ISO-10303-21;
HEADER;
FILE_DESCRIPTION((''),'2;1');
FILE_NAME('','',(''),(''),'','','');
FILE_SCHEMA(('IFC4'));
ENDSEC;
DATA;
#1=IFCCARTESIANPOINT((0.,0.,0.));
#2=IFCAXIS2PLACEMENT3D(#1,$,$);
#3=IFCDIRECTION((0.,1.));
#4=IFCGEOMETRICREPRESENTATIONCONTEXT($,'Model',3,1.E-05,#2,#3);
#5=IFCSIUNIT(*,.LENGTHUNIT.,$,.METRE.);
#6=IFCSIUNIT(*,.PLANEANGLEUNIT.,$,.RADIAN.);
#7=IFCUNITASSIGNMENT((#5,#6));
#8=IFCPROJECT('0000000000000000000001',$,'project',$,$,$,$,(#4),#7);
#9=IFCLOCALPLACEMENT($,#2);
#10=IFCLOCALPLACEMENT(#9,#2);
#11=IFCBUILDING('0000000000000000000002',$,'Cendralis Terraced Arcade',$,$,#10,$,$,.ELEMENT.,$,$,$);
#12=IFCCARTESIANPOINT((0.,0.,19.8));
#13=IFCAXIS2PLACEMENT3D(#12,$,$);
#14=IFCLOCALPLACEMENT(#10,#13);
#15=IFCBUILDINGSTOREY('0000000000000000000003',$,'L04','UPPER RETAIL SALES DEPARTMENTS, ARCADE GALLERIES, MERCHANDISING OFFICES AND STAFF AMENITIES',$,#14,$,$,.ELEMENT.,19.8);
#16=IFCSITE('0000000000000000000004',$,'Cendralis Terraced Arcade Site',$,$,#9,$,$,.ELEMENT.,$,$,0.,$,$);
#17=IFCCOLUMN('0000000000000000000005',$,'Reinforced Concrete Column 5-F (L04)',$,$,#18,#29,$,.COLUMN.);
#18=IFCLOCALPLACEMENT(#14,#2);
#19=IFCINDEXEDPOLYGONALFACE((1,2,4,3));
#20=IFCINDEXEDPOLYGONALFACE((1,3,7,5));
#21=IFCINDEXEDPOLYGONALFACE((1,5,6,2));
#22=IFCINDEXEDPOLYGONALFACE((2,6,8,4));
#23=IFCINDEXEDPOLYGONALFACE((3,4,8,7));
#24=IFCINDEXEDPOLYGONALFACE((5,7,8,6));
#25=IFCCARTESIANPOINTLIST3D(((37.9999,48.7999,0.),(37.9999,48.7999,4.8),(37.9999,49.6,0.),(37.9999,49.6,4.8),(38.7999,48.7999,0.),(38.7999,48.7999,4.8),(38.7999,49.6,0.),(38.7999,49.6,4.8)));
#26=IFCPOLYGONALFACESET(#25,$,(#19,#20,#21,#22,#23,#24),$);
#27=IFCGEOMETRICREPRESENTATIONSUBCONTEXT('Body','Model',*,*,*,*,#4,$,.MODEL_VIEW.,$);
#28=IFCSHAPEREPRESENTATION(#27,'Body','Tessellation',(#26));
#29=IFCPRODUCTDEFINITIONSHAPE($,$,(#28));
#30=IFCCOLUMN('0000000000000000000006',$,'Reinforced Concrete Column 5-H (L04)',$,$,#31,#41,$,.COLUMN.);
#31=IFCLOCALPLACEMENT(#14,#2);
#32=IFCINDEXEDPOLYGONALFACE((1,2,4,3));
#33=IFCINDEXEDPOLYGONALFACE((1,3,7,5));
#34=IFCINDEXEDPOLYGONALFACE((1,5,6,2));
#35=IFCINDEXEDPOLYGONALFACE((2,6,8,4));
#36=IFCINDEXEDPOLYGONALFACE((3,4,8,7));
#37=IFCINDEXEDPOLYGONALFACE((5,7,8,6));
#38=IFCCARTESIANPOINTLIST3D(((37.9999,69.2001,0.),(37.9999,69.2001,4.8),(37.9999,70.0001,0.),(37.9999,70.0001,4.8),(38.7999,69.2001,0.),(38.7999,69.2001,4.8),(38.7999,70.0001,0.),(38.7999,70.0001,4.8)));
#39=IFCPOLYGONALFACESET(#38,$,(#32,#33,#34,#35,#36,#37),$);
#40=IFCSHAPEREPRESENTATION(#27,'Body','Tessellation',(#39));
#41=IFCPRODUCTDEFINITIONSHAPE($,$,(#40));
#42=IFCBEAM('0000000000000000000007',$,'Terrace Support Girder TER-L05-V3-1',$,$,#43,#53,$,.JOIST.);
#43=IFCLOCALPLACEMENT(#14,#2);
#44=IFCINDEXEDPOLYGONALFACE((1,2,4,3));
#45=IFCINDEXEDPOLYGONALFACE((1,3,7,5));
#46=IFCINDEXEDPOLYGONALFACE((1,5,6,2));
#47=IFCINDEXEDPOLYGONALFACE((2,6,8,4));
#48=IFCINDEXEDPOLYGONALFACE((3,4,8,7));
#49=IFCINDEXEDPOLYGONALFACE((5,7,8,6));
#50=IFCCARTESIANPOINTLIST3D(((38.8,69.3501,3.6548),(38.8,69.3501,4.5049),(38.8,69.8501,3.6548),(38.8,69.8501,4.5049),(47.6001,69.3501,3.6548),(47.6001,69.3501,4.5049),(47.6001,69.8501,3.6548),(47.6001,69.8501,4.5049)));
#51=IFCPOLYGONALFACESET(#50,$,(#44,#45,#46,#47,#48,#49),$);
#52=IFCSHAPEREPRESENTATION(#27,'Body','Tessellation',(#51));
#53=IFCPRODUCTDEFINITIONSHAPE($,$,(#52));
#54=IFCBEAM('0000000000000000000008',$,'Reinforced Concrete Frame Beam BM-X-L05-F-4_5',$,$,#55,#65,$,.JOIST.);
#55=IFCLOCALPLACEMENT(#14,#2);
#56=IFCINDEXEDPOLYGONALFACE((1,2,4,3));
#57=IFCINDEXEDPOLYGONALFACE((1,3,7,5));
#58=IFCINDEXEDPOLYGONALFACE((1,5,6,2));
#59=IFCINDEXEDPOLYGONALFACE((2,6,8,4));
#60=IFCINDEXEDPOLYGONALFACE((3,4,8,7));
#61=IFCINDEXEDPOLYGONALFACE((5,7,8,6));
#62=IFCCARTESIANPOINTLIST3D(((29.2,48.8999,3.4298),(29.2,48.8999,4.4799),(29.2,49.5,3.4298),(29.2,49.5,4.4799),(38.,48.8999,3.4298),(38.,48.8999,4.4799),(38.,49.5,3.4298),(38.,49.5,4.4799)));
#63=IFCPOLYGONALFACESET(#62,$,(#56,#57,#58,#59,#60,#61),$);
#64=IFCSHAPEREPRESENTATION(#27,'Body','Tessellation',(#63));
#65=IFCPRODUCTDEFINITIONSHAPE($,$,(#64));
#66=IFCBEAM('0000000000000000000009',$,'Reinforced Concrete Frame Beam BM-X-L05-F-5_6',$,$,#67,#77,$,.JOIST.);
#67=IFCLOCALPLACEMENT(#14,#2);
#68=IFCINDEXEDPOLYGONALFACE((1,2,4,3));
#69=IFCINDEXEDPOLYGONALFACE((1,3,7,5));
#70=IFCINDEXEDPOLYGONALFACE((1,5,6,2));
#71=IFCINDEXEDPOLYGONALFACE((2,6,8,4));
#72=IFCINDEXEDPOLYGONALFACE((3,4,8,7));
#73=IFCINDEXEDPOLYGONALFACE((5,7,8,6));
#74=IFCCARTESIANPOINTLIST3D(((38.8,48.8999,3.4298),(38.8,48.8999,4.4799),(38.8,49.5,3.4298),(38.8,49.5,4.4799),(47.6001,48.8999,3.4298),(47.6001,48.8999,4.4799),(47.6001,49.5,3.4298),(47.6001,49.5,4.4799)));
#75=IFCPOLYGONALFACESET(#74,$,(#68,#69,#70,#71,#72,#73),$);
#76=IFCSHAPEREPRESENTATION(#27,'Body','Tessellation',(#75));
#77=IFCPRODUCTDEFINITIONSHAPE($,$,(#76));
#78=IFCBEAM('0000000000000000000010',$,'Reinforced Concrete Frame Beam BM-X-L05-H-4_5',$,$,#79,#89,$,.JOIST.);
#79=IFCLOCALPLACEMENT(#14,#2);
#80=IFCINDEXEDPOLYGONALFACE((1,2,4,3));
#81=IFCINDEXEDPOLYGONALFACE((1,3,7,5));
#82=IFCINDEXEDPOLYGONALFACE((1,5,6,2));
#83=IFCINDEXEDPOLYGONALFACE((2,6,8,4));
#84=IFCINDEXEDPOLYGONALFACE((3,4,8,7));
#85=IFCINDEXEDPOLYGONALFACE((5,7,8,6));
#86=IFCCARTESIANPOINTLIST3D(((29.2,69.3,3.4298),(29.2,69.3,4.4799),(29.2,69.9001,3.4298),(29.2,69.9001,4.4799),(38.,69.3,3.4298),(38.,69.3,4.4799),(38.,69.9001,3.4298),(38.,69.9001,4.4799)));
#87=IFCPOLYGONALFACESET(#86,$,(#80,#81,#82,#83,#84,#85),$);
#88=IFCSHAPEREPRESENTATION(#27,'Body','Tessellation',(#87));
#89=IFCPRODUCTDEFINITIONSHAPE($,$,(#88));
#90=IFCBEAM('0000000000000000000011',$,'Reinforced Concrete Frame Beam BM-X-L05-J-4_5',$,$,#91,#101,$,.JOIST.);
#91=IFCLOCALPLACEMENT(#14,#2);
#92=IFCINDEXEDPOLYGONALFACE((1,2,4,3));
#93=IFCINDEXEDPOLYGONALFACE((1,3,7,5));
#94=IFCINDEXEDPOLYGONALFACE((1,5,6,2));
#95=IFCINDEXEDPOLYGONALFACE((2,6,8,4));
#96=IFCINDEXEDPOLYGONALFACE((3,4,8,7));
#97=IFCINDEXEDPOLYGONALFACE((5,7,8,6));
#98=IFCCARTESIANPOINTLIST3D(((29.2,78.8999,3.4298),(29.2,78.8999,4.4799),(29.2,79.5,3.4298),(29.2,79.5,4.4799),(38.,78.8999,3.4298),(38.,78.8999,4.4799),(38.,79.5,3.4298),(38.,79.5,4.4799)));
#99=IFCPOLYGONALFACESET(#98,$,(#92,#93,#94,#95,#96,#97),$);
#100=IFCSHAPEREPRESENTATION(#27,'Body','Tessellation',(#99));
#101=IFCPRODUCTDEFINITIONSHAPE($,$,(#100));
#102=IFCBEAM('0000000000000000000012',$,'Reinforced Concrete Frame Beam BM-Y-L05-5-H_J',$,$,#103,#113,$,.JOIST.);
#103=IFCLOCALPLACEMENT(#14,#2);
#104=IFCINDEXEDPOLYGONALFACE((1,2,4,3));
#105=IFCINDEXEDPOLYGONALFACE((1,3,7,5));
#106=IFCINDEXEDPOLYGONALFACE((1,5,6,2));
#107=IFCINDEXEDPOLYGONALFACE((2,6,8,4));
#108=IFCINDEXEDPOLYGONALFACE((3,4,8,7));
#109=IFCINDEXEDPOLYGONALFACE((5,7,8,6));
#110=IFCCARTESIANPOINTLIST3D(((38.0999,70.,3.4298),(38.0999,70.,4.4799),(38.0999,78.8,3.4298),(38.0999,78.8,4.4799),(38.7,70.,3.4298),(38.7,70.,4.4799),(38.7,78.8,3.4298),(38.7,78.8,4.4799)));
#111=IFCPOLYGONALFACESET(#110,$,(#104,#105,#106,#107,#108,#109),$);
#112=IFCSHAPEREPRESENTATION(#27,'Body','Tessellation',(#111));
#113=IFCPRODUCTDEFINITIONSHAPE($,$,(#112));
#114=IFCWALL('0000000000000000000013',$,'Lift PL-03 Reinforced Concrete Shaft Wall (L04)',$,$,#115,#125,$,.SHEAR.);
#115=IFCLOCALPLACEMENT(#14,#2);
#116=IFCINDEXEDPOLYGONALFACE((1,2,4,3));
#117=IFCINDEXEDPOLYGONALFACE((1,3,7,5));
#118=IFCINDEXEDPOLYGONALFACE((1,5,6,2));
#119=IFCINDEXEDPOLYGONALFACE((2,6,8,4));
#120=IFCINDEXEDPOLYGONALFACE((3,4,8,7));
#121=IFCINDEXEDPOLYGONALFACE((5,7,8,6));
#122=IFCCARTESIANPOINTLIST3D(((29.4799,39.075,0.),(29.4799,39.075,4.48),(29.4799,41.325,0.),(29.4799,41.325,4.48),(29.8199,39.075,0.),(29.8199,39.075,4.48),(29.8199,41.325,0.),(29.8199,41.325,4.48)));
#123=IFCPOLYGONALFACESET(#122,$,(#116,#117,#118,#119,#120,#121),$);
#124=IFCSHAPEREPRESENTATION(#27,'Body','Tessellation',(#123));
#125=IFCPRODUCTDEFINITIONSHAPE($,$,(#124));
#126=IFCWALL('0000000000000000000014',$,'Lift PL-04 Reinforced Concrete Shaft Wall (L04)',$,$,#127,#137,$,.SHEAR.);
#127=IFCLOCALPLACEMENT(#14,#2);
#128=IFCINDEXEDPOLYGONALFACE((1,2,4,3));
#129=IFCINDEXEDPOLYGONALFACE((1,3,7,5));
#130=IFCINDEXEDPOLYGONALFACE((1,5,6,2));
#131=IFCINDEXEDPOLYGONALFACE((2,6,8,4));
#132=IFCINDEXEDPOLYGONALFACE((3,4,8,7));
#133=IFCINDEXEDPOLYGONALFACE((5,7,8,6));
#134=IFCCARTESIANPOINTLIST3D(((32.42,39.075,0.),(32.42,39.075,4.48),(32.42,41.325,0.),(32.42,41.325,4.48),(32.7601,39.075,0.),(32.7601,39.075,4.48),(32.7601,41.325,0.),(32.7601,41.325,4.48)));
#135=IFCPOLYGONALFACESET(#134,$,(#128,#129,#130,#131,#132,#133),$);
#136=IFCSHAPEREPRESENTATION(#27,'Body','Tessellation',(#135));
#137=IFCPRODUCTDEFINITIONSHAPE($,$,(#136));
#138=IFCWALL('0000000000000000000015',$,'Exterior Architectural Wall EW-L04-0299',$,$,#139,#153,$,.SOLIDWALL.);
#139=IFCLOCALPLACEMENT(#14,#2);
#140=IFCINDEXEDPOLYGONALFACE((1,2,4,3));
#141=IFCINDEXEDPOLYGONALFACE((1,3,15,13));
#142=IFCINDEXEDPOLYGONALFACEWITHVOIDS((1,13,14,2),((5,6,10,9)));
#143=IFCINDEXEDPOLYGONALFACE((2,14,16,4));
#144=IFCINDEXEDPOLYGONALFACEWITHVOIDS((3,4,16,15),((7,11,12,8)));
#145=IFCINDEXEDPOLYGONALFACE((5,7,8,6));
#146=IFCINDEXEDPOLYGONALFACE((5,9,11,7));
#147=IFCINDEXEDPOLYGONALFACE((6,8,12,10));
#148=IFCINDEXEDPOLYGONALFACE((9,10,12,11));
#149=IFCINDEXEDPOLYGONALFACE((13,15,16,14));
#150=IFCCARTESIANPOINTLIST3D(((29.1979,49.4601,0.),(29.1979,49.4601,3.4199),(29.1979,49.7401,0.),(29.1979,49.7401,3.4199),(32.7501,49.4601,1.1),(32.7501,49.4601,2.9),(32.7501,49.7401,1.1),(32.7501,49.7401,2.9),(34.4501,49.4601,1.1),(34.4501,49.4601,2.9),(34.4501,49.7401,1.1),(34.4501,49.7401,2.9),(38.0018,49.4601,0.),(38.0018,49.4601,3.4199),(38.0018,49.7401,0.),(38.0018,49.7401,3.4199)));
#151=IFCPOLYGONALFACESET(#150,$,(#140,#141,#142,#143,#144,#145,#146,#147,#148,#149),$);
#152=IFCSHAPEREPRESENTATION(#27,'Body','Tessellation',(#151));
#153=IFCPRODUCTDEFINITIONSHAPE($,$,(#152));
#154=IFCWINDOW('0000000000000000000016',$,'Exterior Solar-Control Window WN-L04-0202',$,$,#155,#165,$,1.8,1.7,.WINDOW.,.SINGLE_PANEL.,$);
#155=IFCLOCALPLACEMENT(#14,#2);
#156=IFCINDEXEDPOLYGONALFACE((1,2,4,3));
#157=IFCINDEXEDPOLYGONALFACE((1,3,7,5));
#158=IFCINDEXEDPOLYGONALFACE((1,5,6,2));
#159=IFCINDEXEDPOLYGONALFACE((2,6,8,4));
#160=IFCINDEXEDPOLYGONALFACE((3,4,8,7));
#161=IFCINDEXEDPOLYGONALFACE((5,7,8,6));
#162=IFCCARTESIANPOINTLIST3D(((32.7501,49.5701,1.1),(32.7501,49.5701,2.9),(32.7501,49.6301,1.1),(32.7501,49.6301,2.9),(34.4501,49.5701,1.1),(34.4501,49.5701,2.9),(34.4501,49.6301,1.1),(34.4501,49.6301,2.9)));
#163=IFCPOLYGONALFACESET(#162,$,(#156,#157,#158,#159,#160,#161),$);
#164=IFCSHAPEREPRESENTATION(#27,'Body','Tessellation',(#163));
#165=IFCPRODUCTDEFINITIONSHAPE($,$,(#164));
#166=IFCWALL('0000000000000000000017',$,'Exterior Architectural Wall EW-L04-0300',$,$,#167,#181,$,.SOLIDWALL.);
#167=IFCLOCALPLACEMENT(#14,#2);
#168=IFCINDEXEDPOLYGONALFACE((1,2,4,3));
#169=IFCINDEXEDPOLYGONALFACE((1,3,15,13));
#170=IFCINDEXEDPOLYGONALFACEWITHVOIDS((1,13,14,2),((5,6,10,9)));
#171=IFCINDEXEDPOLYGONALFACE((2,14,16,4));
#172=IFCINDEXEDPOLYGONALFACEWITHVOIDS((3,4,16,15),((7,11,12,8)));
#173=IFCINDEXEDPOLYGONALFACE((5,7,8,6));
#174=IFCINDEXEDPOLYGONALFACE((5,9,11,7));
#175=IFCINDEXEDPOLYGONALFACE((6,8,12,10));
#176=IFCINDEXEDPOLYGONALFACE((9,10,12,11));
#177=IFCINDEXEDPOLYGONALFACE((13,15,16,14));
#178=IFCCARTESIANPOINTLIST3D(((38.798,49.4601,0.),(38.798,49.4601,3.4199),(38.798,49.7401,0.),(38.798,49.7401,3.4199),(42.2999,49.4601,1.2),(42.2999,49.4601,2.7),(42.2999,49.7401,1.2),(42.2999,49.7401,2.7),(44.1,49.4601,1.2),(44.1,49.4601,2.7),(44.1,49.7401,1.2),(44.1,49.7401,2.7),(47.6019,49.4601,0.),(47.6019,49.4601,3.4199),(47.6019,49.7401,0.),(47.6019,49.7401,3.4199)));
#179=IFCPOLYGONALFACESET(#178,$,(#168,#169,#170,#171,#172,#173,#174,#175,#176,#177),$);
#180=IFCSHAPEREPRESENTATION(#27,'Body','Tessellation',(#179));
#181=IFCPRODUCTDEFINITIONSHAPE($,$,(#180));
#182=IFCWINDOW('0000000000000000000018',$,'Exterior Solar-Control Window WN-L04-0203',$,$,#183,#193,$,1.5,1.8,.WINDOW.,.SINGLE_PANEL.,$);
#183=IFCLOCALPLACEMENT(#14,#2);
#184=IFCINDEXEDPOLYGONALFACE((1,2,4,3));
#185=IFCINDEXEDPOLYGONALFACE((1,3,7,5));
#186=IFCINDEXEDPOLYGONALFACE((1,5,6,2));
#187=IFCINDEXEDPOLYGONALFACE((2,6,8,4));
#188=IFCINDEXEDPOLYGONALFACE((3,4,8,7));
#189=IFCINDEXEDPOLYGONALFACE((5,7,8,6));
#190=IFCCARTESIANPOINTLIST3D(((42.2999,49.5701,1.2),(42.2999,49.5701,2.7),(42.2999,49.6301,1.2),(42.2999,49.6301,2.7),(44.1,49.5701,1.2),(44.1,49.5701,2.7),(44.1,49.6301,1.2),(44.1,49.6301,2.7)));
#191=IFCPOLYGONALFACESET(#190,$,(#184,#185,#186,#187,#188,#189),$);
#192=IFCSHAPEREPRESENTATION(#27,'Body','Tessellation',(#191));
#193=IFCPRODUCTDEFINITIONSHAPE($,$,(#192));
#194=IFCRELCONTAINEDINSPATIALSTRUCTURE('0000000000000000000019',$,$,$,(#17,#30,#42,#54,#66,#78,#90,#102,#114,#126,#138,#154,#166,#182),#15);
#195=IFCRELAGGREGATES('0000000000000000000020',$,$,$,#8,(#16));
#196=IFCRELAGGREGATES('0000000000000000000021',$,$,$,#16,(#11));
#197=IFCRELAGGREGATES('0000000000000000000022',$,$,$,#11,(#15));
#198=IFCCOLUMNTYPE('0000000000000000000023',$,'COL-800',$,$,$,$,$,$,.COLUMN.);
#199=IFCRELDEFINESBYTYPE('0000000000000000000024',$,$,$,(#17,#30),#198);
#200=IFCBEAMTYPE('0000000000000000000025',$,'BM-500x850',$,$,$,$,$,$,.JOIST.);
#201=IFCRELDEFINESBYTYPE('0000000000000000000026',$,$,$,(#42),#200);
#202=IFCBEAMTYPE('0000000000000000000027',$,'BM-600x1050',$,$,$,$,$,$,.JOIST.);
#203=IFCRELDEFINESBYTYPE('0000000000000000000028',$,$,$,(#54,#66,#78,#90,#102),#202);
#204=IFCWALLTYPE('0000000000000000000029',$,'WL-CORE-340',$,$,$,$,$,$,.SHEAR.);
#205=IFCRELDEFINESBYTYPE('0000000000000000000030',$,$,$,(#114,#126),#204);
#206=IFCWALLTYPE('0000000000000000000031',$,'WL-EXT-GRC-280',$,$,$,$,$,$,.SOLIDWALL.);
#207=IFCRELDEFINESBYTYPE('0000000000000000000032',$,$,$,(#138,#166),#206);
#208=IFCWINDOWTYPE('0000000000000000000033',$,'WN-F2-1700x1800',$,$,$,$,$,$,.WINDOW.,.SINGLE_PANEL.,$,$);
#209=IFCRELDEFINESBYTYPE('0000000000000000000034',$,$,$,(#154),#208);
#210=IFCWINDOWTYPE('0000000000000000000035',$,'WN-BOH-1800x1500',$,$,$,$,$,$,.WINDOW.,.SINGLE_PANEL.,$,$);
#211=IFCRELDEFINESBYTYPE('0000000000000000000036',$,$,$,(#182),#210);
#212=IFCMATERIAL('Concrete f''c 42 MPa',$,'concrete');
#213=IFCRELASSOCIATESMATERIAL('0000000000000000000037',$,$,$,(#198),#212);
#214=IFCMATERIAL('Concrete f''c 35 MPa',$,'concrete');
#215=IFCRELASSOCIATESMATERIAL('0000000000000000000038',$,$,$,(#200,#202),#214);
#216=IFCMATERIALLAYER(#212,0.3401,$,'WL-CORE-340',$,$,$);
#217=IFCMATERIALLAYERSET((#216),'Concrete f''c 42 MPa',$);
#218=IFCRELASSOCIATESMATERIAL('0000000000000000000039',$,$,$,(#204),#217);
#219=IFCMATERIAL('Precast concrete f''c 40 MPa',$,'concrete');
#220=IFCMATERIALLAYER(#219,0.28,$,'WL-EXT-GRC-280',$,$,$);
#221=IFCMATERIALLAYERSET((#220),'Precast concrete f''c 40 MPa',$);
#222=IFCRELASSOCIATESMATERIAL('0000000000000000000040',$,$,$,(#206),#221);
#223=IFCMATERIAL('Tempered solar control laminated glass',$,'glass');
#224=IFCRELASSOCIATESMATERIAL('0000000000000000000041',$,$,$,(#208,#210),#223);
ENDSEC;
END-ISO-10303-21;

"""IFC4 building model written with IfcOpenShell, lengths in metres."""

from ifc_helpers import new_model, si_unit, direction, frame, frame_2d, origin, origin_2d, place, context, subcontext, project, spatial, rectangle, extrude, material, layer, layer_set, material_profile, profile_set, type_object, element, fill, save


model = new_model("IFC4")

# Units and contexts
model_context = context("Model", 3, precision=1e-05, world=origin(), true_north=direction((0.0, 1.0)))
body_context = subcontext(model_context, "Body", "Model", "MODEL_VIEW")
ifc_project = project(units=[si_unit("LENGTHUNIT", "METRE"), si_unit("PLANEANGLEUNIT", "RADIAN")], contexts=[model_context])

# Site, building, storey
site_placement = place(None, origin())
site = spatial("IfcSite", under=ifc_project, at=site_placement, Name="Cendralis Terraced Arcade Site", CompositionType="ELEMENT", RefElevation=0.0)
building_placement = place(site_placement, origin())
building = spatial("IfcBuilding", under=site, at=building_placement, Name="Cendralis Terraced Arcade", CompositionType="ELEMENT")
storey_placement = place(building_placement, frame((0.0, 0.0, 19.8)))
storey = spatial("IfcBuildingStorey", under=building, at=storey_placement, Name="L04", Description="UPPER RETAIL SALES DEPARTMENTS, ARCADE GALLERIES, MERCHANDISING OFFICES AND STAFF AMENITIES", CompositionType="ELEMENT", Elevation=19.8)

# Columns
ifc_material_1 = material(Name="Concrete f'c 42 MPa", Category="concrete")
ifc_material_profile_1 = material_profile(ifc_material_1, rectangle(XDim=0.8, YDim=0.8, at=origin_2d()), Name="RC-COL-800x800", Category="LoadBearing")
ifc_profile_set_1 = profile_set([ifc_material_profile_1], Name="Concrete f'c 42 MPa")
column_type = type_object("IfcColumnType", Name="COL-800", PredefinedType="COLUMN", material=ifc_profile_set_1)
for number, where, z_axis, x_axis, name in (
    (1, (38.3999, 49.2, 0.0), (0.0, 0.0, 1.0), (1.0, 0.0, 0.0), "Reinforced Concrete Column 5-F (L04)"),
    (2, (38.3999, 69.6001, 0.0), (0.0, 0.0, 1.0), (1.0, 0.0, 0.0), "Reinforced Concrete Column 5-H (L04)"),
):
    element("IfcColumn", number, at=place(storey_placement, frame(where, z_axis=z_axis, x_axis=x_axis)), inside=storey, type_object=column_type, Name=name, PredefinedType="COLUMN", context=body_context, shape_type="SweptSolid", body=[
        extrude(rectangle(XDim=0.8, YDim=0.8, at=origin_2d()), origin(), (0.0, 0.0, 1.0), 4.8),
    ])

# Beams
ifc_material_2 = material(Name="Concrete f'c 35 MPa", Category="concrete")
ifc_material_profile_2 = material_profile(ifc_material_2, rectangle(XDim=0.5, YDim=0.8501, at=origin_2d()), Name="RC-BM-500x850", Category="LoadBearing")
ifc_profile_set_2 = profile_set([ifc_material_profile_2], Name="Concrete f'c 35 MPa")
beam_type_1 = type_object("IfcBeamType", Name="BM-500x850", PredefinedType="JOIST", material=ifc_profile_set_2)
beam_placement = place(storey_placement, frame((38.8, 69.6001, 4.0798), z_axis=(1.0, 0.0, 0.0), x_axis=(0.0, 1.0, 0.0)))
element("IfcBeam", 3, at=beam_placement, inside=storey, type_object=beam_type_1, Name="Terrace Support Girder TER-L05-V3-1", PredefinedType="JOIST", context=body_context, shape_type="SweptSolid", body=[
    extrude(rectangle(XDim=0.5, YDim=0.8501, at=origin_2d()), origin(), (0.0, 0.0, 1.0), 8.8),
])
ifc_material_profile_3 = material_profile(ifc_material_2, rectangle(XDim=0.6001, YDim=1.05, at=origin_2d()), Name="RC-BM-600x1050", Category="LoadBearing")
ifc_profile_set_3 = profile_set([ifc_material_profile_3], Name="Concrete f'c 35 MPa")
beam_type_2 = type_object("IfcBeamType", Name="BM-600x1050", PredefinedType="JOIST", material=ifc_profile_set_3)
for number, where, z_axis, x_axis, name in (
    (4, (29.2, 49.2, 3.9548), (1.0, 0.0, 0.0), (0.0, 1.0, 0.0), "Reinforced Concrete Frame Beam BM-X-L05-F-4_5"),
    (5, (38.8, 49.2, 3.9548), (1.0, 0.0, 0.0), (0.0, 1.0, 0.0), "Reinforced Concrete Frame Beam BM-X-L05-F-5_6"),
    (6, (29.2, 69.6001, 3.9548), (1.0, 0.0, 0.0), (0.0, 1.0, 0.0), "Reinforced Concrete Frame Beam BM-X-L05-H-4_5"),
    (7, (29.2, 79.2, 3.9548), (1.0, 0.0, 0.0), (0.0, 1.0, 0.0), "Reinforced Concrete Frame Beam BM-X-L05-J-4_5"),
    (8, (38.3999, 70.0, 3.9548), (0.0, 1.0, 0.0), (-1.0, 0.0, 0.0), "Reinforced Concrete Frame Beam BM-Y-L05-5-H_J"),
):
    element("IfcBeam", number, at=place(storey_placement, frame(where, z_axis=z_axis, x_axis=x_axis)), inside=storey, type_object=beam_type_2, Name=name, PredefinedType="JOIST", context=body_context, shape_type="SweptSolid", body=[
        extrude(rectangle(XDim=0.6001, YDim=1.05, at=origin_2d()), origin(), (0.0, 0.0, 1.0), 8.8),
    ])

# Walls
ifc_layer_1 = layer(ifc_material_1, 0.3401, Name="WL-CORE-340")
ifc_layer_set_1 = layer_set([ifc_layer_1], Name="Concrete f'c 42 MPa")
wall_type_1 = type_object("IfcWallType", Name="WL-CORE-340", PredefinedType="SHEAR", material=ifc_layer_set_1)
for number, where, z_axis, x_axis, name in (
    (9, (29.6499, 39.075, 0.0), (0.0, 0.0, 1.0), (0.0, 1.0, 0.0), "Lift PL-03 Reinforced Concrete Shaft Wall (L04)"),
    (10, (32.5901, 39.075, 0.0), (0.0, 0.0, 1.0), (0.0, 1.0, 0.0), "Lift PL-04 Reinforced Concrete Shaft Wall (L04)"),
):
    element("IfcWall", number, at=place(storey_placement, frame(where, z_axis=z_axis, x_axis=x_axis)), inside=storey, type_object=wall_type_1, Name=name, PredefinedType="SHEAR", context=body_context, shape_type="SweptSolid", body=[
        extrude(rectangle(XDim=2.25, YDim=0.3401, at=frame_2d((1.125, 0.0))), origin(), (0.0, 0.0, 1.0), 4.48),
    ])

# Walls, openings, windows
ifc_material_3 = material(Name="Precast concrete f'c 40 MPa", Category="concrete")
ifc_layer_2 = layer(ifc_material_3, 0.28, Name="WL-EXT-GRC-280")
ifc_layer_set_2 = layer_set([ifc_layer_2], Name="Precast concrete f'c 40 MPa")
wall_type_2 = type_object("IfcWallType", Name="WL-EXT-GRC-280", PredefinedType="SOLIDWALL", material=ifc_layer_set_2)
wall_1_placement = place(storey_placement, frame((29.198, 49.6001, 0.0), z_axis=(0.0, 0.0, 1.0), x_axis=(1.0, 0.0, 0.0)))
wall_1 = element("IfcWall", 11, at=wall_1_placement, inside=storey, type_object=wall_type_2, Name="Exterior Architectural Wall EW-L04-0299", PredefinedType="SOLIDWALL", context=body_context, shape_type="SweptSolid", body=[
    extrude(rectangle(XDim=8.804, YDim=0.28, at=frame_2d((4.4019, 0.0))), origin(), (0.0, 0.0, 1.0), 3.4199),
])
opening_1_placement = place(wall_1_placement, frame((3.552, 0.0, 1.1001)))
opening_1 = element("IfcOpeningElement", 12, at=opening_1_placement, cuts=wall_1, PredefinedType="OPENING", context=body_context, shape_type="SweptSolid", body=[
    extrude(rectangle(XDim=1.7, YDim=1.8, at=frame_2d((0.8501, 0.8999))), frame((0.0, 0.1519, 0.0), z_axis=(0.0, -1.0, 0.0), x_axis=(1.0, 0.0, 0.0)), (0.0, 0.0, 1.0), 0.304),
])
ifc_material_4 = material(Name="Tempered solar control laminated glass", Category="glass")
window_type_1 = type_object("IfcWindowType", Name="WN-F2-1700x1800", PartitioningType="SINGLE_PANEL", PredefinedType="WINDOW", material=ifc_material_4)
window_1_placement = place(opening_1_placement, origin())
window_1 = element("IfcWindow", 13, at=window_1_placement, inside=storey, type_object=window_type_1, Name="Exterior Solar-Control Window WN-L04-0202", OverallHeight=1.8, OverallWidth=1.7, PartitioningType="SINGLE_PANEL", PredefinedType="WINDOW", context=body_context, shape_type="SweptSolid", body=[
    extrude(rectangle(XDim=1.7, YDim=1.8, at=frame_2d((0.8501, 0.8999))), frame((0.0, 0.03, 0.0), z_axis=(0.0, -1.0, 0.0), x_axis=(1.0, 0.0, 0.0)), (0.0, 0.0, 1.0), 0.0601),
])
fill(opening_1, window_1)
wall_2_placement = place(storey_placement, frame((38.7981, 49.6001, 0.0), z_axis=(0.0, 0.0, 1.0), x_axis=(1.0, 0.0, 0.0)))
wall_2 = element("IfcWall", 14, at=wall_2_placement, inside=storey, type_object=wall_type_2, Name="Exterior Architectural Wall EW-L04-0300", PredefinedType="SOLIDWALL", context=body_context, shape_type="SweptSolid", body=[
    extrude(rectangle(XDim=8.804, YDim=0.28, at=frame_2d((4.4019, 0.0))), origin(), (0.0, 0.0, 1.0), 3.4199),
])
opening_2_placement = place(wall_2_placement, frame((3.502, 0.0, 1.2)))
opening_2 = element("IfcOpeningElement", 15, at=opening_2_placement, cuts=wall_2, PredefinedType="OPENING", context=body_context, shape_type="SweptSolid", body=[
    extrude(rectangle(XDim=1.8, YDim=1.5, at=frame_2d((0.8999, 0.75))), frame((0.0, 0.1519, 0.0), z_axis=(0.0, -1.0, 0.0), x_axis=(1.0, 0.0, 0.0)), (0.0, 0.0, 1.0), 0.304),
])
window_type_2 = type_object("IfcWindowType", Name="WN-BOH-1800x1500", PartitioningType="SINGLE_PANEL", PredefinedType="WINDOW", material=ifc_material_4)
window_2_placement = place(opening_2_placement, origin())
window_2 = element("IfcWindow", 16, at=window_2_placement, inside=storey, type_object=window_type_2, Name="Exterior Solar-Control Window WN-L04-0203", OverallHeight=1.5, OverallWidth=1.8, PartitioningType="SINGLE_PANEL", PredefinedType="WINDOW", context=body_context, shape_type="SweptSolid", body=[
    extrude(rectangle(XDim=1.8, YDim=1.5, at=frame_2d((0.8999, 0.75))), frame((0.0, 0.03, 0.0), z_axis=(0.0, -1.0, 0.0), x_axis=(1.0, 0.0, 0.0)), (0.0, 0.0, 1.0), 0.0601),
])
fill(opening_2, window_2)

save(model, "model.ifc")
